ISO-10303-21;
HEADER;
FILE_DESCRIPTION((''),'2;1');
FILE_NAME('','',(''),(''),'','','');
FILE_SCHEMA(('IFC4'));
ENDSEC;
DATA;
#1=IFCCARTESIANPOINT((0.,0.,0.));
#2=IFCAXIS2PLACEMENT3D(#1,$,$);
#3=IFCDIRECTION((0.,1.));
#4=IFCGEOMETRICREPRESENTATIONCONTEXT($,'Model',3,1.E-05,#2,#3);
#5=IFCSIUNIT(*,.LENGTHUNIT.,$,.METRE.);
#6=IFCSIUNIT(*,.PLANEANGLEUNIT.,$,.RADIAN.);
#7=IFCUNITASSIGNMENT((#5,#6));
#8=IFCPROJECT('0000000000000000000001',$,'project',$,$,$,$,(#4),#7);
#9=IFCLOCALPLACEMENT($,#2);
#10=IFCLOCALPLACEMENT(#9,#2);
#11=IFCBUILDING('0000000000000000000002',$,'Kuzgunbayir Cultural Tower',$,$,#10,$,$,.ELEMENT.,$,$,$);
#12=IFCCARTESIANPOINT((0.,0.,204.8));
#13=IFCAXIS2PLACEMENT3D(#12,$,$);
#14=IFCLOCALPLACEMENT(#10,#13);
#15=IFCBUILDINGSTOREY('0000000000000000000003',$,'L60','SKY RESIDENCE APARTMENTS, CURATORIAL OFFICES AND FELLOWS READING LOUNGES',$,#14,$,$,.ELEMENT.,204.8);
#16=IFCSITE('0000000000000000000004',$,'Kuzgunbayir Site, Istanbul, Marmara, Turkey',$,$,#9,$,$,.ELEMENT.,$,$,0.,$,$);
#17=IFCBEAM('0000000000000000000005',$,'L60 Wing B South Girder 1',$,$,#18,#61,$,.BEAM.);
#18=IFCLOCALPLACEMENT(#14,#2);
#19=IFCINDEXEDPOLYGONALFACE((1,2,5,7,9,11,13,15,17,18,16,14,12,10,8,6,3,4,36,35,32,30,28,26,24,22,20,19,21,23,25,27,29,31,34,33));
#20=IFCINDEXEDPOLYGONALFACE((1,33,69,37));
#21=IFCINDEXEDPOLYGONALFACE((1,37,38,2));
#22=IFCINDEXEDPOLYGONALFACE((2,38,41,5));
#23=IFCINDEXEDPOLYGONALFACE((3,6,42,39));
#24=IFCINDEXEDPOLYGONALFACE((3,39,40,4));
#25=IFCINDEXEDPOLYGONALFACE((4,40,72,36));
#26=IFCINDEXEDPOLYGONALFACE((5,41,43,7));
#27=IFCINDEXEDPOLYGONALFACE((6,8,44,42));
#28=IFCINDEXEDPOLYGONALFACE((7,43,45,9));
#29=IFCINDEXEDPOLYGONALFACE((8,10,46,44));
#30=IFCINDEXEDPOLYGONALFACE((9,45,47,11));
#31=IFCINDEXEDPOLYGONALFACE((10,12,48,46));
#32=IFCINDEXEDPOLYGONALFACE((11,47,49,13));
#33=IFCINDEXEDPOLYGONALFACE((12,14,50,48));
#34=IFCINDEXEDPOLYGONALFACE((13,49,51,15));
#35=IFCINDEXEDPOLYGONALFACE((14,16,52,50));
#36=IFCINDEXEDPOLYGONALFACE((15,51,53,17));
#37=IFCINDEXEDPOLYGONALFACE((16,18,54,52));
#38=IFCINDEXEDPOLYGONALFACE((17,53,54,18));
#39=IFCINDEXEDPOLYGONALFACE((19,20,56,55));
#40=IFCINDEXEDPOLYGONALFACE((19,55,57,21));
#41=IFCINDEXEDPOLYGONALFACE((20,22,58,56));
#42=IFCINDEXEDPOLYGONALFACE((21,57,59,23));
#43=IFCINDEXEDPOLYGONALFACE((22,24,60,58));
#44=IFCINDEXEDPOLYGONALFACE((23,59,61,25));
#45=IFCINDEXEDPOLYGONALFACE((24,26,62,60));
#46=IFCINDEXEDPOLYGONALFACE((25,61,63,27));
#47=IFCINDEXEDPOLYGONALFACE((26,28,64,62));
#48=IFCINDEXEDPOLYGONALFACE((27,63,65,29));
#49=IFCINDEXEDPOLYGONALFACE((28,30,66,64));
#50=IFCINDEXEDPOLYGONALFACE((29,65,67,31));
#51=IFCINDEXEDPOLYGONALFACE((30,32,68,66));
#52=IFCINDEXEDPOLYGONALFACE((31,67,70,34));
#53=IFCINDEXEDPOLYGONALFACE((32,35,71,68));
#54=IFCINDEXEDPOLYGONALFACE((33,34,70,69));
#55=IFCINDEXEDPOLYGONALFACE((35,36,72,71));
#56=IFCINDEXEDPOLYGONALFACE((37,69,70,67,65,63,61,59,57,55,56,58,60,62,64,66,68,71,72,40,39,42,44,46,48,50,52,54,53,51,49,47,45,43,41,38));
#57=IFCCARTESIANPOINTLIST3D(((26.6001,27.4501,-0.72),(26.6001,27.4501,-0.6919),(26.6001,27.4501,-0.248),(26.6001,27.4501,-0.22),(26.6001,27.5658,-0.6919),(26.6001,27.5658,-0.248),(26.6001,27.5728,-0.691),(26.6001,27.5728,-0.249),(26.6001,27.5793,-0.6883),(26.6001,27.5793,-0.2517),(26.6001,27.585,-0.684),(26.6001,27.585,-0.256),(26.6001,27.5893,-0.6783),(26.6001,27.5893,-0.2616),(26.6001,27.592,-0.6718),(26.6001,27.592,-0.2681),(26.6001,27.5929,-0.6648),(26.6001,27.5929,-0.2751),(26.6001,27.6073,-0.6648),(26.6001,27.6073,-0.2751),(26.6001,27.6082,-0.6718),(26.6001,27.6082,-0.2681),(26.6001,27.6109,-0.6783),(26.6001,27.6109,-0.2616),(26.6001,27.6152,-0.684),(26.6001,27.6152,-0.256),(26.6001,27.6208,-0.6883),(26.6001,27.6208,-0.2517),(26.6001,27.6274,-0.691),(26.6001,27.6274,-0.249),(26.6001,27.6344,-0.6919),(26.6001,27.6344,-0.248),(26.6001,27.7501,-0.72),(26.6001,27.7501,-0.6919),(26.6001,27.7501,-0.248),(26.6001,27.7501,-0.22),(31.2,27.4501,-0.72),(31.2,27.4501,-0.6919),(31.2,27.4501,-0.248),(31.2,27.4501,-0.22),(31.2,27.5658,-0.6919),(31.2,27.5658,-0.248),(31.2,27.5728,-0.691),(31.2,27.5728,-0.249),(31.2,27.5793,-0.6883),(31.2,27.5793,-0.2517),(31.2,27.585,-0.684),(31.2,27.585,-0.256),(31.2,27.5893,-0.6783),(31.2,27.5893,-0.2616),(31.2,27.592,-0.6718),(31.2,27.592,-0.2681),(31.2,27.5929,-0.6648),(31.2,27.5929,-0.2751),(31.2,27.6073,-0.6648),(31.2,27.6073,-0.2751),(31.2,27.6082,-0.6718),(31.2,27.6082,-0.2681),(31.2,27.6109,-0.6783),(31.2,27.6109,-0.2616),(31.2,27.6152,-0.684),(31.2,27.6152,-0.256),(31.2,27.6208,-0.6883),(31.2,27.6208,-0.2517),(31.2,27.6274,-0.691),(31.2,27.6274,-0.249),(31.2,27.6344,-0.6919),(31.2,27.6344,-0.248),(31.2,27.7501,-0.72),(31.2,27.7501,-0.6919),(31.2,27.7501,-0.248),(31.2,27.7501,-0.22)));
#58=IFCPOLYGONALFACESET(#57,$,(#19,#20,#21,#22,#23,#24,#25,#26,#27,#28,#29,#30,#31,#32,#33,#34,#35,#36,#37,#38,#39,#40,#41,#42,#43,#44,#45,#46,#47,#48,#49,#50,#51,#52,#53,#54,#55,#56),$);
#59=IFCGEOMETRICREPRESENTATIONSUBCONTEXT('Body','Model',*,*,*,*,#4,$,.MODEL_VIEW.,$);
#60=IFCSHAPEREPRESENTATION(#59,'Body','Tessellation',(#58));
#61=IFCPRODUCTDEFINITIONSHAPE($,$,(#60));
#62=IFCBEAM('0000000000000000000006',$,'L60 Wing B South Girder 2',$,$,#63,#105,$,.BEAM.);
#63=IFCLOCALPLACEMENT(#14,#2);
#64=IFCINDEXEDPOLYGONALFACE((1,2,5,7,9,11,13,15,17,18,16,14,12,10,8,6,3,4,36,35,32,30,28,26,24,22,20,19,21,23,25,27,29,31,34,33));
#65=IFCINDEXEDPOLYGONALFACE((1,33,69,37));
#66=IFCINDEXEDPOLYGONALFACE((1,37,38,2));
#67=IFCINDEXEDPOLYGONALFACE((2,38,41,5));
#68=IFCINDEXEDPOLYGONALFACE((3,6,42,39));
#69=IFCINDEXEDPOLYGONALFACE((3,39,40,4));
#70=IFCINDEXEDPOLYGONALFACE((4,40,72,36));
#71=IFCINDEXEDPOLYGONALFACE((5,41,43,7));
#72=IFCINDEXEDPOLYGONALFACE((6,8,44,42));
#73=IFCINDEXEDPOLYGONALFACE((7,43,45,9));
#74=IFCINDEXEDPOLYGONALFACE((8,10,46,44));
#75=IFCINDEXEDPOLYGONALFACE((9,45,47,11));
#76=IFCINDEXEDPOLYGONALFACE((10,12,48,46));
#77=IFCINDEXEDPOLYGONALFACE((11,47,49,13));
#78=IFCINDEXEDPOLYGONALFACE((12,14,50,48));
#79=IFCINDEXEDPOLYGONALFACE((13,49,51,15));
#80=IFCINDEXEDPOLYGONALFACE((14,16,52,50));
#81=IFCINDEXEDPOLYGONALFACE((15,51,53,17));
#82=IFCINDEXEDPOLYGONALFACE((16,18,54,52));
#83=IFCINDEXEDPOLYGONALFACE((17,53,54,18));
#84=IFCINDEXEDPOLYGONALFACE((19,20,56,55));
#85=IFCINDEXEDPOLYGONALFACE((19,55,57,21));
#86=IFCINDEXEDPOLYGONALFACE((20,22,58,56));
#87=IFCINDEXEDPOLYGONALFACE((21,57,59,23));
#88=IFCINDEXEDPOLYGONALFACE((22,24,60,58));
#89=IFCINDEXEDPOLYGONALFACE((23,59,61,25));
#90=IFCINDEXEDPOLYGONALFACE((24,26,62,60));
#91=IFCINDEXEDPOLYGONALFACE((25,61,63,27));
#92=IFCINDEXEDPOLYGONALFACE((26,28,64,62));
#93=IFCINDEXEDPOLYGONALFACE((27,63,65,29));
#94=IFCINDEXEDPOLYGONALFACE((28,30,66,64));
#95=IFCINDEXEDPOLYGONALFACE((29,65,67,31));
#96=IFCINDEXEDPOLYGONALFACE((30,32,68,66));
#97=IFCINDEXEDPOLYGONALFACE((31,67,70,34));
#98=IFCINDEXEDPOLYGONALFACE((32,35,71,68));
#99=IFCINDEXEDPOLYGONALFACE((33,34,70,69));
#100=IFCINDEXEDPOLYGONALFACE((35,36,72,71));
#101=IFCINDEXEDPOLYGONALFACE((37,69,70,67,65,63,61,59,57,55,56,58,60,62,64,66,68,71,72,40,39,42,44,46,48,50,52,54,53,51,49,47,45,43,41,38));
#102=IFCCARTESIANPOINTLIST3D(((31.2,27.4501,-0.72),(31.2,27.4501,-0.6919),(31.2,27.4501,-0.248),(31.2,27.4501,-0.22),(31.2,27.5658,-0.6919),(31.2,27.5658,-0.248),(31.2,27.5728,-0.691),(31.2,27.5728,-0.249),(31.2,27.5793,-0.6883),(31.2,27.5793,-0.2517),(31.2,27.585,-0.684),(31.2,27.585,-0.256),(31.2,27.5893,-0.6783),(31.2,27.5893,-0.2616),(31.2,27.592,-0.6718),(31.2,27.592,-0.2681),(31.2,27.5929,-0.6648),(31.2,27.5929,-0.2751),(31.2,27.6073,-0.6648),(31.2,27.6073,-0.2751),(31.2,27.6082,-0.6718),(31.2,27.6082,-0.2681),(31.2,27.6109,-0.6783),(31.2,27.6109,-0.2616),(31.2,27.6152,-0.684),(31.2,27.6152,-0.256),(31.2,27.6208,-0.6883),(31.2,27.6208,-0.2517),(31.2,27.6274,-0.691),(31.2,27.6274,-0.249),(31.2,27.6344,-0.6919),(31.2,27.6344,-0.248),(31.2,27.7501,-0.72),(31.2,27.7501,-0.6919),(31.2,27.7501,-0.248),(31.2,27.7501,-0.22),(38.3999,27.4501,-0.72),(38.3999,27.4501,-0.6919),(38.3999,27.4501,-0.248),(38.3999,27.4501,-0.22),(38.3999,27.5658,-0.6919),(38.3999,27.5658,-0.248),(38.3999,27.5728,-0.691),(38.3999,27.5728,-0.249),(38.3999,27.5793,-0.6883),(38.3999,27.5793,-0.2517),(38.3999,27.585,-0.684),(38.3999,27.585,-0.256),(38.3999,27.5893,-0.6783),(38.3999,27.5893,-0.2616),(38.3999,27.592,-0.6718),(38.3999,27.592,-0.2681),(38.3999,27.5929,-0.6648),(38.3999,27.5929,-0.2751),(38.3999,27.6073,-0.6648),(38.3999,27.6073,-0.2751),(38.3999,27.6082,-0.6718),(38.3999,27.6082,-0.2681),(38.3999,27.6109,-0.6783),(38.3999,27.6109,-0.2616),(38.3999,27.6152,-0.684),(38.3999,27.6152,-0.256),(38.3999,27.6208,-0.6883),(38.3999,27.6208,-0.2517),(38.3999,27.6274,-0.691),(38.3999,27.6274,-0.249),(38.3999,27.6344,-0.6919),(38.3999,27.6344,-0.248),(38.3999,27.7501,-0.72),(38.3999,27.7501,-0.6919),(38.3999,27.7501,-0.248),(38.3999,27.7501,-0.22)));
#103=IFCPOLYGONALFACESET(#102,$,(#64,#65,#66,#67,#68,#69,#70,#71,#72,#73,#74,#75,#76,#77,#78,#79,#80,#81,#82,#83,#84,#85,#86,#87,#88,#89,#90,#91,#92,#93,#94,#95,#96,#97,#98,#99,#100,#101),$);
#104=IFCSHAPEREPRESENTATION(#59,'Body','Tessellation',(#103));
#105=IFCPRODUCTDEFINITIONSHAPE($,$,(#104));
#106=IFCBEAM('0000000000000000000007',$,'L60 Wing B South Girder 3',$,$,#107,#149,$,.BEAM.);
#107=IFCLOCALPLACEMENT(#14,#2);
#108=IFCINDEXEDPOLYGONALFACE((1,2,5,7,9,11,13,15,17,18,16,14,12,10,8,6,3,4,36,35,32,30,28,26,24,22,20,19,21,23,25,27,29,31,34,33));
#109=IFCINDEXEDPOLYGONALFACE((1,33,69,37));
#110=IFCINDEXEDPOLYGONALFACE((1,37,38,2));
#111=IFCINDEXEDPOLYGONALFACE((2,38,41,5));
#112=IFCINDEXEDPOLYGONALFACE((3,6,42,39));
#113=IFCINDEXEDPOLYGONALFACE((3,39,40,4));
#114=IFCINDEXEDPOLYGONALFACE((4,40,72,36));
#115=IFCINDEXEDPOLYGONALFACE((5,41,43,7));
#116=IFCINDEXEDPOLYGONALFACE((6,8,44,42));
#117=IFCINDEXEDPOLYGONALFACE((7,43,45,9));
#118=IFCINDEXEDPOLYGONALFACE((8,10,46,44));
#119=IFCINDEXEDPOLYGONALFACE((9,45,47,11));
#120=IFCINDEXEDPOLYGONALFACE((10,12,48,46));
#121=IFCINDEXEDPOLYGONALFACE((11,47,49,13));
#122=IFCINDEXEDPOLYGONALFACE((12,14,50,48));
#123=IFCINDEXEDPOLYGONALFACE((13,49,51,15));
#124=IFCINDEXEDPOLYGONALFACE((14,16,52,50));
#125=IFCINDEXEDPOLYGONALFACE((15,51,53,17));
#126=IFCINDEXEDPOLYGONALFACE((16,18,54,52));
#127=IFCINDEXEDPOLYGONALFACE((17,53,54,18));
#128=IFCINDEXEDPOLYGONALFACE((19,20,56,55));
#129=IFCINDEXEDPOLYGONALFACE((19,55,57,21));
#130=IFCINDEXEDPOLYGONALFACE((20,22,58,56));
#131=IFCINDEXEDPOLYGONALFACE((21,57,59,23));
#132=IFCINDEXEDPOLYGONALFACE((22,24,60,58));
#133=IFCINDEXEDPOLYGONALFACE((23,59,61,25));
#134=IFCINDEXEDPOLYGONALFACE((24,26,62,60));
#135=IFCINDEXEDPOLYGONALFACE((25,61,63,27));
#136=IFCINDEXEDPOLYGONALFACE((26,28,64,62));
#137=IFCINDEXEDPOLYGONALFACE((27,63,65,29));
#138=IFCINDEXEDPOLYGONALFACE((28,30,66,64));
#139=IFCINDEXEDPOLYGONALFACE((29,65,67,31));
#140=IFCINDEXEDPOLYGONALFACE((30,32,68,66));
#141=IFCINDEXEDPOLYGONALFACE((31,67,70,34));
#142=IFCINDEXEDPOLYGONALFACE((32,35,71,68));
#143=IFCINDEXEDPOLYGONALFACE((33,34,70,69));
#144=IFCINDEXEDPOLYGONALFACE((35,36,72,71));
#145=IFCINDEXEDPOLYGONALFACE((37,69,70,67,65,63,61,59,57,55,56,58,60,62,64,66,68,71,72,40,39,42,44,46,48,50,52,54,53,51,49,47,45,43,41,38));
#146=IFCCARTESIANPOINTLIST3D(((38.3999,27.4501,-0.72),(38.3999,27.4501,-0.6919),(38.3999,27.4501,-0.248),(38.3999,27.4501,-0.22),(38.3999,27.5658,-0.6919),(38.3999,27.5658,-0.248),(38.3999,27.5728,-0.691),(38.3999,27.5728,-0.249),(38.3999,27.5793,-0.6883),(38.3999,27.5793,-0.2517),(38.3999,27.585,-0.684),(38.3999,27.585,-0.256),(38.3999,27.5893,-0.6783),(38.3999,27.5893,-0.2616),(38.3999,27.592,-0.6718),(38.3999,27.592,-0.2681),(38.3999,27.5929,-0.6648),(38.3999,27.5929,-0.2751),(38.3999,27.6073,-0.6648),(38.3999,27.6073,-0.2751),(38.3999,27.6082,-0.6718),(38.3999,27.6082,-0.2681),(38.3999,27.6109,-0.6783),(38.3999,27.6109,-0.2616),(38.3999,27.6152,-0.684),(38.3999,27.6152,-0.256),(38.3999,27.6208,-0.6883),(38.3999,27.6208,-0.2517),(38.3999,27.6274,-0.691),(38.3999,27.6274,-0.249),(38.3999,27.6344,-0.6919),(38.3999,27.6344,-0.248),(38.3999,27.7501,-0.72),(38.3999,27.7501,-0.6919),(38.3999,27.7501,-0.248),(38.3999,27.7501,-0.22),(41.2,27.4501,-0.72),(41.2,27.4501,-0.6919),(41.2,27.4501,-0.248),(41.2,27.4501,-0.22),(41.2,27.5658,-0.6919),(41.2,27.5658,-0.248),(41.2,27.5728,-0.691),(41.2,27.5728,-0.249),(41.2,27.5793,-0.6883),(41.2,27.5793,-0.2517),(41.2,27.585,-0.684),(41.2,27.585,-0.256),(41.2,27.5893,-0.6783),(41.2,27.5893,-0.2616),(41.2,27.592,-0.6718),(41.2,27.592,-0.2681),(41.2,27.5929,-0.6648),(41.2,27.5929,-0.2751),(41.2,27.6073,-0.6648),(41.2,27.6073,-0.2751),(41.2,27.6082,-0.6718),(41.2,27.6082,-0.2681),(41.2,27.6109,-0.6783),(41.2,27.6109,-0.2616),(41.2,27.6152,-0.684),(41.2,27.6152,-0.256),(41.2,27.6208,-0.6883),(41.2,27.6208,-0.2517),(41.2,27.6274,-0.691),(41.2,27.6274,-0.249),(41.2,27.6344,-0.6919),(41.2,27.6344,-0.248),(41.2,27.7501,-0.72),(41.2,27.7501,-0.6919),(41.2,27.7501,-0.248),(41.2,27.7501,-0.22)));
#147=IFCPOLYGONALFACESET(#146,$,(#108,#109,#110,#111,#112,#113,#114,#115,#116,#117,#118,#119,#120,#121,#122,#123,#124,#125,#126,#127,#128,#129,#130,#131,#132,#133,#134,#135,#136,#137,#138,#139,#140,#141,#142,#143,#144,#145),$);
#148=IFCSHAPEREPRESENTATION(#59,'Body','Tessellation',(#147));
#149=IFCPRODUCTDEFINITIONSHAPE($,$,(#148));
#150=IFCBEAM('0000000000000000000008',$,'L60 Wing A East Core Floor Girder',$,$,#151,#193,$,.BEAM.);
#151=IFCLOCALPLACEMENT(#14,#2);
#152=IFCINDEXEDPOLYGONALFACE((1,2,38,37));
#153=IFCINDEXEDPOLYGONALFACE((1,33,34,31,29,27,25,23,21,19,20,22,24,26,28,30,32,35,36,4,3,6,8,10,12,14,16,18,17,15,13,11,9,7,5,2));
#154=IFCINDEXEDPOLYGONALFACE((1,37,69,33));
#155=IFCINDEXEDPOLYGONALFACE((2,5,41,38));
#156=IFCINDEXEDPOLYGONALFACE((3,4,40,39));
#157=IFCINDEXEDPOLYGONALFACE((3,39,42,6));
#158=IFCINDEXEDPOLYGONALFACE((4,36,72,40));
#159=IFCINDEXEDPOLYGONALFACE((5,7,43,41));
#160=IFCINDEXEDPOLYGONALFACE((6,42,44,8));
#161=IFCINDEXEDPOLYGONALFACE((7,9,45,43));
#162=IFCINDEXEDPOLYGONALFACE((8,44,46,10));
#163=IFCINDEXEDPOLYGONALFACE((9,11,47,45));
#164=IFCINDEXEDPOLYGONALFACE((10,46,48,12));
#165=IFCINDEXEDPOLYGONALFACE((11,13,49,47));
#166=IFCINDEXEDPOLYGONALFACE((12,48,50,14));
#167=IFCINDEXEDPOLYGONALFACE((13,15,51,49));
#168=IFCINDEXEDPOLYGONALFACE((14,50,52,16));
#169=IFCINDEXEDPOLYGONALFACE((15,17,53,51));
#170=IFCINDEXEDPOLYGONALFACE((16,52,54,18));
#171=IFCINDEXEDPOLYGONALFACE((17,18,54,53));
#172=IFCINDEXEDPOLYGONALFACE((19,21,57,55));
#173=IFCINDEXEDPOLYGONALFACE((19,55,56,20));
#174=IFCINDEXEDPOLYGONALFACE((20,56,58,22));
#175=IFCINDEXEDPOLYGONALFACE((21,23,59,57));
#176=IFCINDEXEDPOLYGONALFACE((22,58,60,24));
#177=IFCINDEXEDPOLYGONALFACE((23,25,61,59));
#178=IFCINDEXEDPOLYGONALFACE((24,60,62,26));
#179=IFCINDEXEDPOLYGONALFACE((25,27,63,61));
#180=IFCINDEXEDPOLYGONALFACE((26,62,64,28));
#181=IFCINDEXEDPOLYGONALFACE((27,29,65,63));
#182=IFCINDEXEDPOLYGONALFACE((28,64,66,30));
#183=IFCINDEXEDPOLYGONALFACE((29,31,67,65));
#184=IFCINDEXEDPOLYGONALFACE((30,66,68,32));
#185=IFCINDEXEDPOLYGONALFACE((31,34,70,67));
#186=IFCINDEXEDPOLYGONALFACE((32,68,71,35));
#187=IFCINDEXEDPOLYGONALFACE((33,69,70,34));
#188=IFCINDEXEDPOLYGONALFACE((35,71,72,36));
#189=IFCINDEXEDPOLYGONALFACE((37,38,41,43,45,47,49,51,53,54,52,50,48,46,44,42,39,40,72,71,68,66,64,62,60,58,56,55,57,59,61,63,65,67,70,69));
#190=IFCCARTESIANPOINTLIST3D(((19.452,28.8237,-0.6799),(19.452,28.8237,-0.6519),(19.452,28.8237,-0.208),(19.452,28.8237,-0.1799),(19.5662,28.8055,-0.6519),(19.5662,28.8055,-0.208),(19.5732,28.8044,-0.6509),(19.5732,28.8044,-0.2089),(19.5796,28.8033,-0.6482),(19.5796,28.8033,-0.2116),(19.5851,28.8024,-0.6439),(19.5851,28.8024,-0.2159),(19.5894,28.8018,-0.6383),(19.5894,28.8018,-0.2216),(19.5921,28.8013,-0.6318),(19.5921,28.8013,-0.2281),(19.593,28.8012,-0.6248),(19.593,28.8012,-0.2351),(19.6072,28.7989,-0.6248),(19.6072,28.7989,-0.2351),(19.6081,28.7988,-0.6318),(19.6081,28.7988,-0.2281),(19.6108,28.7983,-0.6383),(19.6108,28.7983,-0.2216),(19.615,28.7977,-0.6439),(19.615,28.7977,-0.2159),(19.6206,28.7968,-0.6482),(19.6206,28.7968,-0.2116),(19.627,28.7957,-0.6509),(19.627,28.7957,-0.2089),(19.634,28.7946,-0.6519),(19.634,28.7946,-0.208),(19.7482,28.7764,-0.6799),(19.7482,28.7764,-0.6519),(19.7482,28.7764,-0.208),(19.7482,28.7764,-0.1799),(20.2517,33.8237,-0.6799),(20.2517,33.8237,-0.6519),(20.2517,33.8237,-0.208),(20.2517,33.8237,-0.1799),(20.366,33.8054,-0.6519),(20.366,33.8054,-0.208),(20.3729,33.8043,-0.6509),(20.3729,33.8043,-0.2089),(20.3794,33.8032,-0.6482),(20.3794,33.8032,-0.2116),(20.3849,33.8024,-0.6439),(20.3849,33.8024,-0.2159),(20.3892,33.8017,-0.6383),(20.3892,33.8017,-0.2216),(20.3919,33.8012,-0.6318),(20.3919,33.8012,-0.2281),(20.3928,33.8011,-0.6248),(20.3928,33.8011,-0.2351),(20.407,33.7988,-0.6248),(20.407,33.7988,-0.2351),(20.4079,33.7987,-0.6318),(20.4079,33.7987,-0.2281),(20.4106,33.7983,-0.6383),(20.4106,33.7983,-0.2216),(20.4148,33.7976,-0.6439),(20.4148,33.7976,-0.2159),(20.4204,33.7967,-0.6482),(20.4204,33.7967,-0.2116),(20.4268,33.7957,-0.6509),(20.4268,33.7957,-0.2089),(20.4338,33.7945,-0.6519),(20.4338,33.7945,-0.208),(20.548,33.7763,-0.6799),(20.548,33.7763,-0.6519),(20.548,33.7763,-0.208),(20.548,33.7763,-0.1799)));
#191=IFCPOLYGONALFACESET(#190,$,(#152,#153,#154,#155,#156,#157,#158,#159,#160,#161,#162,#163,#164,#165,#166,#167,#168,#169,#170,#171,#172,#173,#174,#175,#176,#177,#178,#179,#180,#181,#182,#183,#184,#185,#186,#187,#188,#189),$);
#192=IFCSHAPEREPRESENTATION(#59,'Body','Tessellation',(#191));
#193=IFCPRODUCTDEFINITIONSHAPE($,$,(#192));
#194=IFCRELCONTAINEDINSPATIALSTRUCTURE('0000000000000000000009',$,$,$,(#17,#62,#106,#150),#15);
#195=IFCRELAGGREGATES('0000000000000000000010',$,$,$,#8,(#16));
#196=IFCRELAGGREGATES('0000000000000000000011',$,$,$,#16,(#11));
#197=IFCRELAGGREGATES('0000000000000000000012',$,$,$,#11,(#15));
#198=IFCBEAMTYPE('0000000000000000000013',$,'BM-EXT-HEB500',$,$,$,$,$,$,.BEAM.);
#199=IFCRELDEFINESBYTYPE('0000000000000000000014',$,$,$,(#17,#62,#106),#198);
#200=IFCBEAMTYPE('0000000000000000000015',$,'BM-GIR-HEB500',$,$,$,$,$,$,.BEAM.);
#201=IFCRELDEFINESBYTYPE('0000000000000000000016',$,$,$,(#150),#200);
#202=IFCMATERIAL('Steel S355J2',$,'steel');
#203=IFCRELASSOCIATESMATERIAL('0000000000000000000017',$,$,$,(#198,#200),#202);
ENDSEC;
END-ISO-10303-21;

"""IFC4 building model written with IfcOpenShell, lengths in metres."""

from ifc_helpers import new_model, si_unit, direction, frame, origin, origin_2d, place, context, subcontext, project, spatial, i_section, extrude, material, material_profile, profile_set, type_object, element, save


model = new_model("IFC4")

# Units and contexts
model_context = context("Model", 3, precision=1e-05, world=origin(), true_north=direction((0.0, 1.0)))
body_context = subcontext(model_context, "Body", "Model", "MODEL_VIEW")
ifc_project = project(units=[si_unit("LENGTHUNIT", "METRE"), si_unit("PLANEANGLEUNIT", "RADIAN")], contexts=[model_context])

# Site, building, storey
site_placement = place(None, origin())
site = spatial("IfcSite", under=ifc_project, at=site_placement, Name="Kuzgunbayir Site, Istanbul, Marmara, Turkey", CompositionType="ELEMENT", RefElevation=0.0)
building_placement = place(site_placement, origin())
building = spatial("IfcBuilding", under=site, at=building_placement, Name="Kuzgunbayir Cultural Tower", CompositionType="ELEMENT")
storey_placement = place(building_placement, frame((0.0, 0.0, 204.8)))
storey = spatial("IfcBuildingStorey", under=building, at=storey_placement, Name="L60", Description="SKY RESIDENCE APARTMENTS, CURATORIAL OFFICES AND FELLOWS READING LOUNGES", CompositionType="ELEMENT", Elevation=204.8)

# Beams
ifc_material_1 = material(Name="Steel S355J2", Category="steel")
ifc_material_profile_1 = material_profile(ifc_material_1, i_section(OverallWidth=0.3, OverallDepth=0.5, WebThickness=0.0144, FlangeThickness=0.0281, FilletRadius=0.0271, at=origin_2d()), Name="HEB 500")
ifc_profile_set_1 = profile_set([ifc_material_profile_1], Name="Steel S355J2")
beam_type_1 = type_object("IfcBeamType", Name="BM-EXT-HEB500", PredefinedType="BEAM", material=ifc_profile_set_1)
beam_1_placement = place(storey_placement, frame((26.6001, 27.6001, -0.47), z_axis=(1.0, 0.0, 0.0), x_axis=(0.0, 1.0, 0.0)))
element("IfcBeam", 1, at=beam_1_placement, inside=storey, type_object=beam_type_1, Name="L60 Wing B South Girder 1", PredefinedType="BEAM", context=body_context, shape_type="SweptSolid", body=[
    extrude(i_section(OverallWidth=0.3, OverallDepth=0.5, WebThickness=0.0144, FlangeThickness=0.0281, FilletRadius=0.0271, at=origin_2d()), origin(), (0.0, 0.0, 1.0), 4.5999),
])
beam_2_placement = place(storey_placement, frame((31.2, 27.6001, -0.47), z_axis=(1.0, 0.0, 0.0), x_axis=(0.0, 1.0, 0.0)))
element("IfcBeam", 2, at=beam_2_placement, inside=storey, type_object=beam_type_1, Name="L60 Wing B South Girder 2", PredefinedType="BEAM", context=body_context, shape_type="SweptSolid", body=[
    extrude(i_section(OverallWidth=0.3, OverallDepth=0.5, WebThickness=0.0144, FlangeThickness=0.0281, FilletRadius=0.0271, at=origin_2d()), origin(), (0.0, 0.0, 1.0), 7.2),
])
beam_3_placement = place(storey_placement, frame((38.3999, 27.6001, -0.47), z_axis=(1.0, 0.0, 0.0), x_axis=(0.0, 1.0, 0.0)))
element("IfcBeam", 3, at=beam_3_placement, inside=storey, type_object=beam_type_1, Name="L60 Wing B South Girder 3", PredefinedType="BEAM", context=body_context, shape_type="SweptSolid", body=[
    extrude(i_section(OverallWidth=0.3, OverallDepth=0.5, WebThickness=0.0144, FlangeThickness=0.0281, FilletRadius=0.0271, at=origin_2d()), origin(), (0.0, 0.0, 1.0), 2.8),
])
ifc_material_profile_2 = material_profile(ifc_material_1, i_section(OverallWidth=0.3, OverallDepth=0.5, WebThickness=0.0144, FlangeThickness=0.0281, FilletRadius=0.0271, at=origin_2d()), Name="HEB 500")
ifc_profile_set_2 = profile_set([ifc_material_profile_2], Name="Steel S355J2")
beam_type_2 = type_object("IfcBeamType", Name="BM-GIR-HEB500", PredefinedType="BEAM", material=ifc_profile_set_2)
beam_4_placement = place(storey_placement, frame((19.6001, 28.8, -0.4299), z_axis=(0.157953, 0.987447, 0.0), x_axis=(-0.987447, 0.157953, 0.0)))
element("IfcBeam", 4, at=beam_4_placement, inside=storey, type_object=beam_type_2, Name="L60 Wing A East Core Floor Girder", PredefinedType="BEAM", context=body_context, shape_type="SweptSolid", body=[
    extrude(i_section(OverallWidth=0.3, OverallDepth=0.5, WebThickness=0.0144, FlangeThickness=0.0281, FilletRadius=0.0271, at=origin_2d()), origin(), (0.0, 0.0, 1.0), 5.0635),
])

save(model, "model.ifc")
